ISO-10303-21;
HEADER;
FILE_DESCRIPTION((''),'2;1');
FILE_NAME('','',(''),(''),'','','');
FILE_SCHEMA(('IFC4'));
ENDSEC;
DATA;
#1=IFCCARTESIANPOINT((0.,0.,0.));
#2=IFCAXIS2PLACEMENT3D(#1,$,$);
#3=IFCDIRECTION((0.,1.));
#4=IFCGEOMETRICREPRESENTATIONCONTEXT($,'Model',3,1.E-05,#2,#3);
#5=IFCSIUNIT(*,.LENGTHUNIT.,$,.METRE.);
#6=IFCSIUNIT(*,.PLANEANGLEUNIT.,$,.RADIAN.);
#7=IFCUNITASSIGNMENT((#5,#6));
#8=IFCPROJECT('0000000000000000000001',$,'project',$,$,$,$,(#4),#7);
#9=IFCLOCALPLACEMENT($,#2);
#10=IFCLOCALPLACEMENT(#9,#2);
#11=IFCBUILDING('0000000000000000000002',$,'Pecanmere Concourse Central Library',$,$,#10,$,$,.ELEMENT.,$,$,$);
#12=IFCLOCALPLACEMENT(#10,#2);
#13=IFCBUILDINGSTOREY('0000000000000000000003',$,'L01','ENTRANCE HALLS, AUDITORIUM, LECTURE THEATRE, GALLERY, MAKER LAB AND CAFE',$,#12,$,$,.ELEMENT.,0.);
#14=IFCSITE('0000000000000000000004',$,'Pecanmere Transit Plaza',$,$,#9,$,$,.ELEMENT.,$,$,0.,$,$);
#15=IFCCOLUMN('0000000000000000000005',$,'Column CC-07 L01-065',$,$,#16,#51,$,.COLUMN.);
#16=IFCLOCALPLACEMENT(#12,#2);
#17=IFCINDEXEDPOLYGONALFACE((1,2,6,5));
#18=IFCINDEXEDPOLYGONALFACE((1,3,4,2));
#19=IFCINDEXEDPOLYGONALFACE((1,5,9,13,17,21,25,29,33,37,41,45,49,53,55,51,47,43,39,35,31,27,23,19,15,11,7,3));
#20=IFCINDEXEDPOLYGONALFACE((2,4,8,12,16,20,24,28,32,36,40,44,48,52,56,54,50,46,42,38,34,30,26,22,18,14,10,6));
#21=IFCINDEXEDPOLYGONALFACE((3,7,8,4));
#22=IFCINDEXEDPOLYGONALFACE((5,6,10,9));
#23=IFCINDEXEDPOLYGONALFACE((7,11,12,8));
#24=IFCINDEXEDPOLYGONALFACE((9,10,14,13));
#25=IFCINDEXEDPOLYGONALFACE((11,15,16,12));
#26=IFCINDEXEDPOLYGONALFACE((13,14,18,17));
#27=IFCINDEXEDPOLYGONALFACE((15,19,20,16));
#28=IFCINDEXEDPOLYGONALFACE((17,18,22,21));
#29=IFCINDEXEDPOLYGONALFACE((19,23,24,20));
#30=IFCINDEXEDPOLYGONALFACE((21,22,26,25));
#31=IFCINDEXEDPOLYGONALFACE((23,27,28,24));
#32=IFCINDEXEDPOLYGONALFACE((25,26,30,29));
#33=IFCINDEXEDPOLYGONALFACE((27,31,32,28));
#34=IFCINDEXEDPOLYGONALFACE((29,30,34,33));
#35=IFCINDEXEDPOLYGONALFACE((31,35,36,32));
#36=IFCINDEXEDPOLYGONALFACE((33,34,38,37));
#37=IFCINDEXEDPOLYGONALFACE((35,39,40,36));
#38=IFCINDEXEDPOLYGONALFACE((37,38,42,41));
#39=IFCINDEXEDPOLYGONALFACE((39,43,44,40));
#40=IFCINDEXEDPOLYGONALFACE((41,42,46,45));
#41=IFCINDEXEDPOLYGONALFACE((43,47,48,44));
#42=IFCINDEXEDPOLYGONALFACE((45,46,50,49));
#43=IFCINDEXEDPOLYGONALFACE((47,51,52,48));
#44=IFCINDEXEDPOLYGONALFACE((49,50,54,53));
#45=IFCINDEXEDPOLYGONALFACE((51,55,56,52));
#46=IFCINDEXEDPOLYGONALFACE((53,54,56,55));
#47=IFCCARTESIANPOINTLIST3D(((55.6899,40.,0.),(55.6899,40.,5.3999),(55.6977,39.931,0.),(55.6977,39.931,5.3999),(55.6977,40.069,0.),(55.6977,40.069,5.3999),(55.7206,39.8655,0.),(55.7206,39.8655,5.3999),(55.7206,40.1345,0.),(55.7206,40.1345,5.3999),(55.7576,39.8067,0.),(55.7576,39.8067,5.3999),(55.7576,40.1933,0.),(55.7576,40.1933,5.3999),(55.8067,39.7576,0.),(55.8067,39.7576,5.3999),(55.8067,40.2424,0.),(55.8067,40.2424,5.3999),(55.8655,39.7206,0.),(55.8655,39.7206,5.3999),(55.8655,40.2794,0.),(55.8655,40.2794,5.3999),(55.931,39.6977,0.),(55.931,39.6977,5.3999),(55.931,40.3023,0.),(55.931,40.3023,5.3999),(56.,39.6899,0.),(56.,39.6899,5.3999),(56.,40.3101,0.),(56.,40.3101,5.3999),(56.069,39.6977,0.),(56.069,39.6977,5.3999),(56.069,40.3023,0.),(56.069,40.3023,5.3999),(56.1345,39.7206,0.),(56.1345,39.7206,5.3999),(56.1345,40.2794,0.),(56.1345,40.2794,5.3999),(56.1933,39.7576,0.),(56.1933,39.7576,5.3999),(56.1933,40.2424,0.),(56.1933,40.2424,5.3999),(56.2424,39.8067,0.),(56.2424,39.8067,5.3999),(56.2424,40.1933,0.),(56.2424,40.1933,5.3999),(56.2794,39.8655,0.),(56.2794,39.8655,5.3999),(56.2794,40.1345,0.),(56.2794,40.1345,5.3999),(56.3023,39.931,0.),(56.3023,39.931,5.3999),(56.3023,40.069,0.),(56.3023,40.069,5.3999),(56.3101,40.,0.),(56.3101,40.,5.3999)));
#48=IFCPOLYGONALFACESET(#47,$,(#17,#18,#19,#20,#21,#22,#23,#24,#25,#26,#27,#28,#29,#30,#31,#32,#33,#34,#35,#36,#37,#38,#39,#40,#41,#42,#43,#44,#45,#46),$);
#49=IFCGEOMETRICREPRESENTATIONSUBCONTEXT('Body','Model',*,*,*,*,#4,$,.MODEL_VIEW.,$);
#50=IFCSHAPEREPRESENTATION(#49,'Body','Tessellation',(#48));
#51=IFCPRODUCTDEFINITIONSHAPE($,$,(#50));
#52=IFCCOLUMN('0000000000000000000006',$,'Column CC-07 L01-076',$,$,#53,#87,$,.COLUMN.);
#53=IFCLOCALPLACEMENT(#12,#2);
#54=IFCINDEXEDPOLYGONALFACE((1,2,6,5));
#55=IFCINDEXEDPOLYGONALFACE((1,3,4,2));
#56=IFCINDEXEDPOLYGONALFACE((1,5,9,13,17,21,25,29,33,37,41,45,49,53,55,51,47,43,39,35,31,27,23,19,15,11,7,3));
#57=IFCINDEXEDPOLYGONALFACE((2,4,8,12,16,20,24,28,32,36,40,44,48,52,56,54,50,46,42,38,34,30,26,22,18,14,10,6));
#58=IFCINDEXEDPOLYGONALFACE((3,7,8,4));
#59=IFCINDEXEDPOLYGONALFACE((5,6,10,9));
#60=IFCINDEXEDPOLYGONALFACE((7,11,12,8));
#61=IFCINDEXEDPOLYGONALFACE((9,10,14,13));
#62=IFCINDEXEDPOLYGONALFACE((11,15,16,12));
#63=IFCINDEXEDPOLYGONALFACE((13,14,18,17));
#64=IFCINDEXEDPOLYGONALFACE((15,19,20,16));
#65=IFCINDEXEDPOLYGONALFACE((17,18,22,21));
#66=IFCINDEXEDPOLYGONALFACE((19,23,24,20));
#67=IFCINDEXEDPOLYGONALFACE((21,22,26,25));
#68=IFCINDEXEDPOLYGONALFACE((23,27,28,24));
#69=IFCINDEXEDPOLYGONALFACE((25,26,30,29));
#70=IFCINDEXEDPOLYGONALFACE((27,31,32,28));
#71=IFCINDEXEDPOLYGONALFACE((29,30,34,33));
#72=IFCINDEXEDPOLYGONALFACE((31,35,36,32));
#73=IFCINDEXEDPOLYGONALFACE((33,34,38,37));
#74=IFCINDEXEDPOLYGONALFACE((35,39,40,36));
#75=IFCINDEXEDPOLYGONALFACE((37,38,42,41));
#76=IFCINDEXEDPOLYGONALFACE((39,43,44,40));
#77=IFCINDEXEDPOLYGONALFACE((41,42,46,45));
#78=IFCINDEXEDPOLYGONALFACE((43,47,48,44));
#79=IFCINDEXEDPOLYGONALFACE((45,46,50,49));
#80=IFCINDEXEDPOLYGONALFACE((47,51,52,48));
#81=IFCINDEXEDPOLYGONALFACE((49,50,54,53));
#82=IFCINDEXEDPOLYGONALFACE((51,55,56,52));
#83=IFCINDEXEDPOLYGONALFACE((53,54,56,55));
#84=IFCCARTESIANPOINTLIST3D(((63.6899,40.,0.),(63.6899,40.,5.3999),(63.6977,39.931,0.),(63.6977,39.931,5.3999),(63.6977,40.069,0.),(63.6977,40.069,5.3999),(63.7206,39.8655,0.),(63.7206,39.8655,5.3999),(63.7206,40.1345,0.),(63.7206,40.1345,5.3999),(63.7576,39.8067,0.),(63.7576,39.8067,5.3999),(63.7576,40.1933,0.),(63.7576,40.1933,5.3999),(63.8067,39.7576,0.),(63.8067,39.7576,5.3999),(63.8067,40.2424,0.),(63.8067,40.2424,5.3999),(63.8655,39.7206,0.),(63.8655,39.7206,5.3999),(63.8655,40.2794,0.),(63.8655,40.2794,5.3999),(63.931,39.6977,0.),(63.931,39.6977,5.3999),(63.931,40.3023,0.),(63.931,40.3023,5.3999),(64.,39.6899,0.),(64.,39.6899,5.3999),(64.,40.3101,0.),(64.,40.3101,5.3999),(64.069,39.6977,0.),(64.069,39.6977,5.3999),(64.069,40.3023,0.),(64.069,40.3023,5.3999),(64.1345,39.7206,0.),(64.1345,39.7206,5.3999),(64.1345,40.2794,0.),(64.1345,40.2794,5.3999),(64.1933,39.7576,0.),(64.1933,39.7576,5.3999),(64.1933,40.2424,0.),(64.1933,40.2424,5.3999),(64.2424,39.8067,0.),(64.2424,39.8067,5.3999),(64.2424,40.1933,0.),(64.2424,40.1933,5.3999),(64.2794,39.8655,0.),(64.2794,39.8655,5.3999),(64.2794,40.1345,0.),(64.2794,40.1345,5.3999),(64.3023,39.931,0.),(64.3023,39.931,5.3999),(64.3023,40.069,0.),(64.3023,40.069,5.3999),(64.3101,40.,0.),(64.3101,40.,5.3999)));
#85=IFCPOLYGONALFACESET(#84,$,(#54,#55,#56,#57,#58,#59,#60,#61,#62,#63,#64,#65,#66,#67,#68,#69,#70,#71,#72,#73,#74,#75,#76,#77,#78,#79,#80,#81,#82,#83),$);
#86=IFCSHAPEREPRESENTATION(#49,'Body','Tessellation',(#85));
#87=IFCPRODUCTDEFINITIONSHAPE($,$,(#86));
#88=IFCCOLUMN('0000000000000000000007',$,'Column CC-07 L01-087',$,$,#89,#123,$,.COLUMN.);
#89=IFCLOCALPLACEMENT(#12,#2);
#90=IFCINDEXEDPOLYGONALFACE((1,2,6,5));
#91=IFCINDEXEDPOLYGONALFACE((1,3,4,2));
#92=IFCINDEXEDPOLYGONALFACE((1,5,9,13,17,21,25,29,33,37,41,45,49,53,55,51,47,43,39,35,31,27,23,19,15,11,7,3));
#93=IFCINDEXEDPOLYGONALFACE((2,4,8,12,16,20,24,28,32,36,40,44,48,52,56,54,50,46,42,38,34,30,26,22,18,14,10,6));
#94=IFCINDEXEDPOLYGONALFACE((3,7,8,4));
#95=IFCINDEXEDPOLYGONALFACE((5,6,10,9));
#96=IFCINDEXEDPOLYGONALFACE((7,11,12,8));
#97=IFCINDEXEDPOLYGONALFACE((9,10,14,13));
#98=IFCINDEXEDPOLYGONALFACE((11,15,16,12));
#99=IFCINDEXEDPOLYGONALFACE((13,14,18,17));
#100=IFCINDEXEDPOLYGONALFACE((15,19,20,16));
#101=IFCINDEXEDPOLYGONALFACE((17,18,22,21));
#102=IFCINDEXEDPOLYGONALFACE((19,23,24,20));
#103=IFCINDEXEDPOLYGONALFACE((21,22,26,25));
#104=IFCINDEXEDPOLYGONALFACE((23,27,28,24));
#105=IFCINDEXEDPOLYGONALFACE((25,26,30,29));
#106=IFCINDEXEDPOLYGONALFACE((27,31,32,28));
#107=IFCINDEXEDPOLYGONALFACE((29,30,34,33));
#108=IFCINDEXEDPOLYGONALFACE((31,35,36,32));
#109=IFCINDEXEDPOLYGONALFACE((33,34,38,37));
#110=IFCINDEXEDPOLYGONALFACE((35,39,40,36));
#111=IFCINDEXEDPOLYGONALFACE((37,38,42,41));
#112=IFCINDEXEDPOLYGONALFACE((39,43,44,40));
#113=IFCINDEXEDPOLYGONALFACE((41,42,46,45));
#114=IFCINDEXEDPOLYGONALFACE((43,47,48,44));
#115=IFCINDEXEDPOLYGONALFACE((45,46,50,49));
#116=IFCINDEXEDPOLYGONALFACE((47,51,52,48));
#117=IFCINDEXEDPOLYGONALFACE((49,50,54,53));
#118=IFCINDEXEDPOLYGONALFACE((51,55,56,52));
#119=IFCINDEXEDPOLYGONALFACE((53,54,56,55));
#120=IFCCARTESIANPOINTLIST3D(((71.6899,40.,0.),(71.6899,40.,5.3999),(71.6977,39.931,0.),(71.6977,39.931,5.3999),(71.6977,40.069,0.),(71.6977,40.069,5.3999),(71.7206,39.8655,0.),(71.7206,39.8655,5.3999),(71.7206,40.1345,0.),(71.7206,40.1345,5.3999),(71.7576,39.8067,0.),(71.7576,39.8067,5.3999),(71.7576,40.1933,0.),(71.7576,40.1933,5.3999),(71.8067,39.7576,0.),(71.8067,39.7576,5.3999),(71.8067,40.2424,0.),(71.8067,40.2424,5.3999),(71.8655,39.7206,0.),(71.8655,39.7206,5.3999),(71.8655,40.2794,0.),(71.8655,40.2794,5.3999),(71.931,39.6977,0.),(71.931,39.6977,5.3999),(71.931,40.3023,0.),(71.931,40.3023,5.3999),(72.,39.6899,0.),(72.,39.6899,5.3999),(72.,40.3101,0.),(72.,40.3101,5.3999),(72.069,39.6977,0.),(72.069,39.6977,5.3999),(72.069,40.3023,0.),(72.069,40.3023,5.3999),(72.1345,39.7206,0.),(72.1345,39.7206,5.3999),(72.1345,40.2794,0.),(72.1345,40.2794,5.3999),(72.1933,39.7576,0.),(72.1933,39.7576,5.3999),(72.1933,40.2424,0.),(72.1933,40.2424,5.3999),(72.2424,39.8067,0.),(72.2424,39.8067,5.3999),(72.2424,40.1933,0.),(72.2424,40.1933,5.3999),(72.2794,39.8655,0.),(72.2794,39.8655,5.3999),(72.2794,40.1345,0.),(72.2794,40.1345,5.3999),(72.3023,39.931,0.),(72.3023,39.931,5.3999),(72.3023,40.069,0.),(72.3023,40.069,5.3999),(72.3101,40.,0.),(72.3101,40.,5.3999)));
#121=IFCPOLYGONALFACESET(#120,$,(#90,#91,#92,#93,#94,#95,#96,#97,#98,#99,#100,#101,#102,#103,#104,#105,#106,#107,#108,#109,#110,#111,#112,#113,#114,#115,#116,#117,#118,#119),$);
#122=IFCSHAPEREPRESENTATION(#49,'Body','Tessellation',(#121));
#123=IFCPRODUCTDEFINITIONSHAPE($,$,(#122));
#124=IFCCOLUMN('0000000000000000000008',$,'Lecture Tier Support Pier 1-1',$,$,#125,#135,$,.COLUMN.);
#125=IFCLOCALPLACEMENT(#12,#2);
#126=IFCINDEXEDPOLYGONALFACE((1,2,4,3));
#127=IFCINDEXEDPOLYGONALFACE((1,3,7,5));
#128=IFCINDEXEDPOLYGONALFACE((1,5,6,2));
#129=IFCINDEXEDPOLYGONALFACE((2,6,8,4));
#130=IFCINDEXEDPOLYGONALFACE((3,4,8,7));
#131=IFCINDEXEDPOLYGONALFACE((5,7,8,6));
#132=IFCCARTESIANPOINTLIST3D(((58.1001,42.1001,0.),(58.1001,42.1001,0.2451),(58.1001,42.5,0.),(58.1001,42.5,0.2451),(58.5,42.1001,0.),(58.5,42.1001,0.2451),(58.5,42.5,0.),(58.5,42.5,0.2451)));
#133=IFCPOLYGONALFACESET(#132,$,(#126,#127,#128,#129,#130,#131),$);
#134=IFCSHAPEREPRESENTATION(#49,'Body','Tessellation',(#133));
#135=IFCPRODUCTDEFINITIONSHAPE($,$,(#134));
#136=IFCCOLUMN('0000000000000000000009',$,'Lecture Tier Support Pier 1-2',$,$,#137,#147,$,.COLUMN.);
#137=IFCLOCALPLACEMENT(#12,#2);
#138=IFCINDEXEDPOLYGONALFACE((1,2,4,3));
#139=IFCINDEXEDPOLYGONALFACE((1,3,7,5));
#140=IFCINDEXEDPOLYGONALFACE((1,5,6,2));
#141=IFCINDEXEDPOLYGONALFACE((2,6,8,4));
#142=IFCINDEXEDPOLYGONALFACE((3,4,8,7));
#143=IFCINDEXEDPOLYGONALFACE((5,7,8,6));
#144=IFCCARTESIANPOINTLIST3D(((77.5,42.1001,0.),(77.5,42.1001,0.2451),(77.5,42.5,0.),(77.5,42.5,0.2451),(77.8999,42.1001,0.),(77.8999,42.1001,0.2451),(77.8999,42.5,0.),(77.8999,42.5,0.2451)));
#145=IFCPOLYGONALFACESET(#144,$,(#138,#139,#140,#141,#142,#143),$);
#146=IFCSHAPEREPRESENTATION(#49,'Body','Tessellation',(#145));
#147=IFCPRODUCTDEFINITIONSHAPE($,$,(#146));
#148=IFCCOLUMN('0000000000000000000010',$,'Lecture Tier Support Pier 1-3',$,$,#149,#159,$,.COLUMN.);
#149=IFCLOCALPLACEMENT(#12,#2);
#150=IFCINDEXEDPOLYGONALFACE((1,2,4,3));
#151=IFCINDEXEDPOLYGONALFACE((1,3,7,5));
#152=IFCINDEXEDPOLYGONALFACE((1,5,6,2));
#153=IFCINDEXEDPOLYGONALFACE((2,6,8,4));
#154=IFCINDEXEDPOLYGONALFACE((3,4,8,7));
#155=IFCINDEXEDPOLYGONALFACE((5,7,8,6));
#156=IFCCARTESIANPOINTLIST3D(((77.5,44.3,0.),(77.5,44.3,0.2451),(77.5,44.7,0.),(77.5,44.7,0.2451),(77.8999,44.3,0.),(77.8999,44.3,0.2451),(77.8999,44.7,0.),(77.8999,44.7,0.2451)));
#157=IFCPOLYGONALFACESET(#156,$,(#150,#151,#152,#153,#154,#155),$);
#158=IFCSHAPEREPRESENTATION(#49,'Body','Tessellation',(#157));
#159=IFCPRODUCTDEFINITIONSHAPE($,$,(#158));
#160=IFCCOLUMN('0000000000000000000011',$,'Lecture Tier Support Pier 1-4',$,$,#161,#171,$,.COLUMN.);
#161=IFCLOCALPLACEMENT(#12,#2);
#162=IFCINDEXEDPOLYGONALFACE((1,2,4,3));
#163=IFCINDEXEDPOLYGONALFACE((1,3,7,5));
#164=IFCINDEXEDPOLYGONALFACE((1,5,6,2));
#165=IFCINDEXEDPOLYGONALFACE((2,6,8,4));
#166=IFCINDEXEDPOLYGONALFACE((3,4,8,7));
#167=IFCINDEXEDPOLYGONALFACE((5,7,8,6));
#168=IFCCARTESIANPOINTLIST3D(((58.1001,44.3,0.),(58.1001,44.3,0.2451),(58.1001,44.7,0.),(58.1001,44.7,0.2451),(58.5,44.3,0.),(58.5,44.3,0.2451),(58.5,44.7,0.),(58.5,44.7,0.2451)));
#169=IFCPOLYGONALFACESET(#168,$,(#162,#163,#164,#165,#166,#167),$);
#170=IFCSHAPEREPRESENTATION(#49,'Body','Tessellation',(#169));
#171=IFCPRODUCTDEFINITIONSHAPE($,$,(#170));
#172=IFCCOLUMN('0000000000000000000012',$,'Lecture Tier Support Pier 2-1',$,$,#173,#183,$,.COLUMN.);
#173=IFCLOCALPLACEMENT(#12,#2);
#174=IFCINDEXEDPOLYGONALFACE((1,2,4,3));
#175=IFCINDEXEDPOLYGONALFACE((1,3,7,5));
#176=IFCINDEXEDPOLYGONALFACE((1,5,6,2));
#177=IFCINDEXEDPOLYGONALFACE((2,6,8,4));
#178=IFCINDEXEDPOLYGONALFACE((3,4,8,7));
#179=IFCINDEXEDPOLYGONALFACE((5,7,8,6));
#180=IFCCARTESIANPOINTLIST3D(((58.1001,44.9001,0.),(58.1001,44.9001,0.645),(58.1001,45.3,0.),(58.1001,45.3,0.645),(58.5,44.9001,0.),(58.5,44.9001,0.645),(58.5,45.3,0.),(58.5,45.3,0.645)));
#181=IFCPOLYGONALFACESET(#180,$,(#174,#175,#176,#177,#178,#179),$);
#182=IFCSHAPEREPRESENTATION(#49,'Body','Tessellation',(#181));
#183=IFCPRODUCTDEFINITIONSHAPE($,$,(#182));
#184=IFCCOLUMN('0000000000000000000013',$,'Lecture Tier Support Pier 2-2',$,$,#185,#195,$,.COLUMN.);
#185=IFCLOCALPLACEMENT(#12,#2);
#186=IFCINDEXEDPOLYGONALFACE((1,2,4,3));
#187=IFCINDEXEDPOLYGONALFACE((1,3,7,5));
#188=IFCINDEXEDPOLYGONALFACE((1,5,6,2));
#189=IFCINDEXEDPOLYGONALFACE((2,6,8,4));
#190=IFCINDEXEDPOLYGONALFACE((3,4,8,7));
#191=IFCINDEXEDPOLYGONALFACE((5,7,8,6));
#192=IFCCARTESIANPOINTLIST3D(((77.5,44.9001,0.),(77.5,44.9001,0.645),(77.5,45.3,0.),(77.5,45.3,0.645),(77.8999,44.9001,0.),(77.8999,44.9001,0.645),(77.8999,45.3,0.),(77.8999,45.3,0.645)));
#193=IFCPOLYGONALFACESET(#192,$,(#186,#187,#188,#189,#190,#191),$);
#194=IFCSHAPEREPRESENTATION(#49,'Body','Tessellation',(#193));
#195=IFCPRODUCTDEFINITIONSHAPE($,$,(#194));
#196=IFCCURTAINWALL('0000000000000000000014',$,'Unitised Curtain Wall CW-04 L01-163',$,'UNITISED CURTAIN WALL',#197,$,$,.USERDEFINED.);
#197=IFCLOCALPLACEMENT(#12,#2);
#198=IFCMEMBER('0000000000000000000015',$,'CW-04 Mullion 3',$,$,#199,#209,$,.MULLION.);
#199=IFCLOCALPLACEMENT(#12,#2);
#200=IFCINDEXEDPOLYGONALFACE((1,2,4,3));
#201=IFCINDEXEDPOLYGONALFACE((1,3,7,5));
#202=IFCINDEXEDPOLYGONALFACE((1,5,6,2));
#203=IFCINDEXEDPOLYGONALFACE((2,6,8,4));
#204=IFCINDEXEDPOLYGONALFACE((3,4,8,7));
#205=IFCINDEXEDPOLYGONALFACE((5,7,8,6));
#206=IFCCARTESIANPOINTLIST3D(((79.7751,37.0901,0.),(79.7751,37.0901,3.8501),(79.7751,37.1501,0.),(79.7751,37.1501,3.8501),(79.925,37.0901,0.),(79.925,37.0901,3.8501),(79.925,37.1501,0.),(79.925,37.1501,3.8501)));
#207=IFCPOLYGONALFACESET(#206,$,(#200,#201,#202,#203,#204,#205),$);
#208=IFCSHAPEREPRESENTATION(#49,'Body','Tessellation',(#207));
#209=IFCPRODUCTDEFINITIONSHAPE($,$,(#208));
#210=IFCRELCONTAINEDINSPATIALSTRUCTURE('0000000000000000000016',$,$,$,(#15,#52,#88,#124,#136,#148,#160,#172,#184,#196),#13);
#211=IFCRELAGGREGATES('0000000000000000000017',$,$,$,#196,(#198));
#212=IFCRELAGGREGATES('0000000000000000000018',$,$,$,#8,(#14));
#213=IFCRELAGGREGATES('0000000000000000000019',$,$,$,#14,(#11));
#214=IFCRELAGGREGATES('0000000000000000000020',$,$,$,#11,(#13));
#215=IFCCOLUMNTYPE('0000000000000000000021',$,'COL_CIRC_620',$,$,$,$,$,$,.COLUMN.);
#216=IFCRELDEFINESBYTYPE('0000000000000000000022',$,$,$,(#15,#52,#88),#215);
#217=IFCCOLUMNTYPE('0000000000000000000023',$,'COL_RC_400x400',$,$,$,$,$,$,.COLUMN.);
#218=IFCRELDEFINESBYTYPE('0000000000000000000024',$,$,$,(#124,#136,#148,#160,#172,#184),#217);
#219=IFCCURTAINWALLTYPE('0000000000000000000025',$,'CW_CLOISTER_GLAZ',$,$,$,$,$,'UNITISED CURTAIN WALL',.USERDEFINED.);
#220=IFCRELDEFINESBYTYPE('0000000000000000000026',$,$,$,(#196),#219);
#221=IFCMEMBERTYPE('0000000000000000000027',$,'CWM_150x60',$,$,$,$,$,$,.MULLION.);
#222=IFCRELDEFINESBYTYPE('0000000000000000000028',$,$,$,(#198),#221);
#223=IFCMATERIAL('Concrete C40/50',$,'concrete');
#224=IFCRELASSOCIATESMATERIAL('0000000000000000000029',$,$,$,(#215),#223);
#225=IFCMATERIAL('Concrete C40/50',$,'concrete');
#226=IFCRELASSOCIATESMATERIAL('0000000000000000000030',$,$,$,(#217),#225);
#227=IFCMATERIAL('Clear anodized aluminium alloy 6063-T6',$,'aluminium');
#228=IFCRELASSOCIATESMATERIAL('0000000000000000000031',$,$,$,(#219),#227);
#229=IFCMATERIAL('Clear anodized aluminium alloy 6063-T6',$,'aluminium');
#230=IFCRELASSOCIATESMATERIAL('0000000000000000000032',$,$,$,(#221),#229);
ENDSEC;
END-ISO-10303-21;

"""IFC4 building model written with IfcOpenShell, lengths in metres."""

from ifc_helpers import new_model, si_unit, direction, frame, origin, origin_2d, place, context, subcontext, project, spatial, rectangle, circle, extrude, material, material_profile, profile_set, type_object, element, aggregate, save


model = new_model("IFC4")

# Units and contexts
model_context = context("Model", 3, precision=1e-05, world=origin(), true_north=direction((0.0, 1.0)))
body_context = subcontext(model_context, "Body", "Model", "MODEL_VIEW")
ifc_project = project(units=[si_unit("LENGTHUNIT", "METRE"), si_unit("PLANEANGLEUNIT", "RADIAN")], contexts=[model_context])

# Site, building, storey
site_placement = place(None, origin())
site = spatial("IfcSite", under=ifc_project, at=site_placement, Name="Pecanmere Transit Plaza", CompositionType="ELEMENT", RefElevation=0.0)
building_placement = place(site_placement, origin())
building = spatial("IfcBuilding", under=site, at=building_placement, Name="Pecanmere Concourse Central Library", CompositionType="ELEMENT")
storey_placement = place(building_placement, origin())
storey = spatial("IfcBuildingStorey", under=building, at=storey_placement, Name="L01", Description="ENTRANCE HALLS, AUDITORIUM, LECTURE THEATRE, GALLERY, MAKER LAB AND CAFE", CompositionType="ELEMENT", Elevation=0.0)

# Columns
ifc_material_1 = material(Name="Concrete C40/50", Category="concrete")
ifc_material_profile_1 = material_profile(ifc_material_1, circle(Radius=0.3101, at=origin_2d()), Name="RC D620")
ifc_profile_set_1 = profile_set([ifc_material_profile_1], Name="Concrete C40/50")
column_type_1 = type_object("IfcColumnType", Name="COL_CIRC_620", PredefinedType="COLUMN", material=ifc_profile_set_1)
for number, where, z_axis, x_axis, name in (
    (1, (56.0, 40.0, 0.0), (0.0, 0.0, 1.0), (1.0, 0.0, 0.0), "Column CC-07 L01-065"),
    (2, (64.0, 40.0, 0.0), (0.0, 0.0, 1.0), (1.0, 0.0, 0.0), "Column CC-07 L01-076"),
    (3, (72.0, 40.0, 0.0), (0.0, 0.0, 1.0), (1.0, 0.0, 0.0), "Column CC-07 L01-087"),
):
    element("IfcColumn", number, at=place(storey_placement, frame(where, z_axis=z_axis, x_axis=x_axis)), inside=storey, type_object=column_type_1, Name=name, PredefinedType="COLUMN", context=body_context, shape_type="SweptSolid", body=[
        extrude(circle(Radius=0.3101, at=origin_2d()), origin(), (0.0, 0.0, 1.0), 5.3999),
    ])
ifc_material_2 = material(Name="Concrete C40/50", Category="concrete")
ifc_material_profile_2 = material_profile(ifc_material_2, rectangle(XDim=0.3999, YDim=0.3999, at=origin_2d()), Name="RC 400x400")
ifc_profile_set_2 = profile_set([ifc_material_profile_2], Name="Concrete C40/50")
column_type_2 = type_object("IfcColumnType", Name="COL_RC_400x400", PredefinedType="COLUMN", material=ifc_profile_set_2)
for number, where, z_axis, x_axis, name in (
    (4, (58.3, 42.3, 0.0), (0.0, 0.0, 1.0), (1.0, 0.0, 0.0), "Lecture Tier Support Pier 1-1"),
    (5, (77.7, 42.3, 0.0), (0.0, 0.0, 1.0), (1.0, 0.0, 0.0), "Lecture Tier Support Pier 1-2"),
    (6, (77.7, 44.5, 0.0), (0.0, 0.0, 1.0), (1.0, 0.0, 0.0), "Lecture Tier Support Pier 1-3"),
    (7, (58.3, 44.5, 0.0), (0.0, 0.0, 1.0), (1.0, 0.0, 0.0), "Lecture Tier Support Pier 1-4"),
):
    element("IfcColumn", number, at=place(storey_placement, frame(where, z_axis=z_axis, x_axis=x_axis)), inside=storey, type_object=column_type_2, Name=name, PredefinedType="COLUMN", context=body_context, shape_type="SweptSolid", body=[
        extrude(rectangle(XDim=0.3999, YDim=0.3999, at=origin_2d()), origin(), (0.0, 0.0, 1.0), 0.2451),
    ])
for number, where, z_axis, x_axis, name in (
    (8, (58.3, 45.1001, 0.0), (0.0, 0.0, 1.0), (1.0, 0.0, 0.0), "Lecture Tier Support Pier 2-1"),
    (9, (77.7, 45.1001, 0.0), (0.0, 0.0, 1.0), (1.0, 0.0, 0.0), "Lecture Tier Support Pier 2-2"),
):
    element("IfcColumn", number, at=place(storey_placement, frame(where, z_axis=z_axis, x_axis=x_axis)), inside=storey, type_object=column_type_2, Name=name, PredefinedType="COLUMN", context=body_context, shape_type="SweptSolid", body=[
        extrude(rectangle(XDim=0.3999, YDim=0.3999, at=origin_2d()), origin(), (0.0, 0.0, 1.0), 0.645),
    ])

# Curtain wall, member
ifc_material_3 = material(Name="Clear anodized aluminium alloy 6063-T6", Category="aluminium")
curtain_wall_type = type_object("IfcCurtainWallType", Name="CW_CLOISTER_GLAZ", ElementType="UNITISED CURTAIN WALL", PredefinedType="USERDEFINED", material=ifc_material_3)
curtain_wall_placement = place(storey_placement, origin())
curtain_wall = element("IfcCurtainWall", 10, at=curtain_wall_placement, inside=storey, type_object=curtain_wall_type, Name="Unitised Curtain Wall CW-04 L01-163", ObjectType="UNITISED CURTAIN WALL", PredefinedType="USERDEFINED")
ifc_material_4 = material(Name="Clear anodized aluminium alloy 6063-T6", Category="aluminium")
ifc_material_profile_3 = material_profile(ifc_material_4, rectangle(XDim=0.0601, YDim=0.1499, at=origin_2d()), Name="AL 60x150")
ifc_profile_set_3 = profile_set([ifc_material_profile_3], Name="Clear anodized aluminium alloy 6063-T6")
member_type_1 = type_object("IfcMemberType", Name="CWM_150x60", PredefinedType="MULLION", material=ifc_profile_set_3)
member_1_placement = place(storey_placement, frame((79.8501, 37.1201, 0.0), z_axis=(0.0, 0.0, 1.0), x_axis=(0.0, 1.0, 0.0)))
member_1 = element("IfcMember", 11, at=member_1_placement, type_object=member_type_1, Name="CW-04 Mullion 3", PredefinedType="MULLION", context=body_context, shape_type="SweptSolid", body=[
    extrude(rectangle(XDim=0.0601, YDim=0.1499, at=origin_2d()), origin(), (0.0, 0.0, 1.0), 3.8501),
])
aggregate(curtain_wall, [member_1])

save(model, "model.ifc")
